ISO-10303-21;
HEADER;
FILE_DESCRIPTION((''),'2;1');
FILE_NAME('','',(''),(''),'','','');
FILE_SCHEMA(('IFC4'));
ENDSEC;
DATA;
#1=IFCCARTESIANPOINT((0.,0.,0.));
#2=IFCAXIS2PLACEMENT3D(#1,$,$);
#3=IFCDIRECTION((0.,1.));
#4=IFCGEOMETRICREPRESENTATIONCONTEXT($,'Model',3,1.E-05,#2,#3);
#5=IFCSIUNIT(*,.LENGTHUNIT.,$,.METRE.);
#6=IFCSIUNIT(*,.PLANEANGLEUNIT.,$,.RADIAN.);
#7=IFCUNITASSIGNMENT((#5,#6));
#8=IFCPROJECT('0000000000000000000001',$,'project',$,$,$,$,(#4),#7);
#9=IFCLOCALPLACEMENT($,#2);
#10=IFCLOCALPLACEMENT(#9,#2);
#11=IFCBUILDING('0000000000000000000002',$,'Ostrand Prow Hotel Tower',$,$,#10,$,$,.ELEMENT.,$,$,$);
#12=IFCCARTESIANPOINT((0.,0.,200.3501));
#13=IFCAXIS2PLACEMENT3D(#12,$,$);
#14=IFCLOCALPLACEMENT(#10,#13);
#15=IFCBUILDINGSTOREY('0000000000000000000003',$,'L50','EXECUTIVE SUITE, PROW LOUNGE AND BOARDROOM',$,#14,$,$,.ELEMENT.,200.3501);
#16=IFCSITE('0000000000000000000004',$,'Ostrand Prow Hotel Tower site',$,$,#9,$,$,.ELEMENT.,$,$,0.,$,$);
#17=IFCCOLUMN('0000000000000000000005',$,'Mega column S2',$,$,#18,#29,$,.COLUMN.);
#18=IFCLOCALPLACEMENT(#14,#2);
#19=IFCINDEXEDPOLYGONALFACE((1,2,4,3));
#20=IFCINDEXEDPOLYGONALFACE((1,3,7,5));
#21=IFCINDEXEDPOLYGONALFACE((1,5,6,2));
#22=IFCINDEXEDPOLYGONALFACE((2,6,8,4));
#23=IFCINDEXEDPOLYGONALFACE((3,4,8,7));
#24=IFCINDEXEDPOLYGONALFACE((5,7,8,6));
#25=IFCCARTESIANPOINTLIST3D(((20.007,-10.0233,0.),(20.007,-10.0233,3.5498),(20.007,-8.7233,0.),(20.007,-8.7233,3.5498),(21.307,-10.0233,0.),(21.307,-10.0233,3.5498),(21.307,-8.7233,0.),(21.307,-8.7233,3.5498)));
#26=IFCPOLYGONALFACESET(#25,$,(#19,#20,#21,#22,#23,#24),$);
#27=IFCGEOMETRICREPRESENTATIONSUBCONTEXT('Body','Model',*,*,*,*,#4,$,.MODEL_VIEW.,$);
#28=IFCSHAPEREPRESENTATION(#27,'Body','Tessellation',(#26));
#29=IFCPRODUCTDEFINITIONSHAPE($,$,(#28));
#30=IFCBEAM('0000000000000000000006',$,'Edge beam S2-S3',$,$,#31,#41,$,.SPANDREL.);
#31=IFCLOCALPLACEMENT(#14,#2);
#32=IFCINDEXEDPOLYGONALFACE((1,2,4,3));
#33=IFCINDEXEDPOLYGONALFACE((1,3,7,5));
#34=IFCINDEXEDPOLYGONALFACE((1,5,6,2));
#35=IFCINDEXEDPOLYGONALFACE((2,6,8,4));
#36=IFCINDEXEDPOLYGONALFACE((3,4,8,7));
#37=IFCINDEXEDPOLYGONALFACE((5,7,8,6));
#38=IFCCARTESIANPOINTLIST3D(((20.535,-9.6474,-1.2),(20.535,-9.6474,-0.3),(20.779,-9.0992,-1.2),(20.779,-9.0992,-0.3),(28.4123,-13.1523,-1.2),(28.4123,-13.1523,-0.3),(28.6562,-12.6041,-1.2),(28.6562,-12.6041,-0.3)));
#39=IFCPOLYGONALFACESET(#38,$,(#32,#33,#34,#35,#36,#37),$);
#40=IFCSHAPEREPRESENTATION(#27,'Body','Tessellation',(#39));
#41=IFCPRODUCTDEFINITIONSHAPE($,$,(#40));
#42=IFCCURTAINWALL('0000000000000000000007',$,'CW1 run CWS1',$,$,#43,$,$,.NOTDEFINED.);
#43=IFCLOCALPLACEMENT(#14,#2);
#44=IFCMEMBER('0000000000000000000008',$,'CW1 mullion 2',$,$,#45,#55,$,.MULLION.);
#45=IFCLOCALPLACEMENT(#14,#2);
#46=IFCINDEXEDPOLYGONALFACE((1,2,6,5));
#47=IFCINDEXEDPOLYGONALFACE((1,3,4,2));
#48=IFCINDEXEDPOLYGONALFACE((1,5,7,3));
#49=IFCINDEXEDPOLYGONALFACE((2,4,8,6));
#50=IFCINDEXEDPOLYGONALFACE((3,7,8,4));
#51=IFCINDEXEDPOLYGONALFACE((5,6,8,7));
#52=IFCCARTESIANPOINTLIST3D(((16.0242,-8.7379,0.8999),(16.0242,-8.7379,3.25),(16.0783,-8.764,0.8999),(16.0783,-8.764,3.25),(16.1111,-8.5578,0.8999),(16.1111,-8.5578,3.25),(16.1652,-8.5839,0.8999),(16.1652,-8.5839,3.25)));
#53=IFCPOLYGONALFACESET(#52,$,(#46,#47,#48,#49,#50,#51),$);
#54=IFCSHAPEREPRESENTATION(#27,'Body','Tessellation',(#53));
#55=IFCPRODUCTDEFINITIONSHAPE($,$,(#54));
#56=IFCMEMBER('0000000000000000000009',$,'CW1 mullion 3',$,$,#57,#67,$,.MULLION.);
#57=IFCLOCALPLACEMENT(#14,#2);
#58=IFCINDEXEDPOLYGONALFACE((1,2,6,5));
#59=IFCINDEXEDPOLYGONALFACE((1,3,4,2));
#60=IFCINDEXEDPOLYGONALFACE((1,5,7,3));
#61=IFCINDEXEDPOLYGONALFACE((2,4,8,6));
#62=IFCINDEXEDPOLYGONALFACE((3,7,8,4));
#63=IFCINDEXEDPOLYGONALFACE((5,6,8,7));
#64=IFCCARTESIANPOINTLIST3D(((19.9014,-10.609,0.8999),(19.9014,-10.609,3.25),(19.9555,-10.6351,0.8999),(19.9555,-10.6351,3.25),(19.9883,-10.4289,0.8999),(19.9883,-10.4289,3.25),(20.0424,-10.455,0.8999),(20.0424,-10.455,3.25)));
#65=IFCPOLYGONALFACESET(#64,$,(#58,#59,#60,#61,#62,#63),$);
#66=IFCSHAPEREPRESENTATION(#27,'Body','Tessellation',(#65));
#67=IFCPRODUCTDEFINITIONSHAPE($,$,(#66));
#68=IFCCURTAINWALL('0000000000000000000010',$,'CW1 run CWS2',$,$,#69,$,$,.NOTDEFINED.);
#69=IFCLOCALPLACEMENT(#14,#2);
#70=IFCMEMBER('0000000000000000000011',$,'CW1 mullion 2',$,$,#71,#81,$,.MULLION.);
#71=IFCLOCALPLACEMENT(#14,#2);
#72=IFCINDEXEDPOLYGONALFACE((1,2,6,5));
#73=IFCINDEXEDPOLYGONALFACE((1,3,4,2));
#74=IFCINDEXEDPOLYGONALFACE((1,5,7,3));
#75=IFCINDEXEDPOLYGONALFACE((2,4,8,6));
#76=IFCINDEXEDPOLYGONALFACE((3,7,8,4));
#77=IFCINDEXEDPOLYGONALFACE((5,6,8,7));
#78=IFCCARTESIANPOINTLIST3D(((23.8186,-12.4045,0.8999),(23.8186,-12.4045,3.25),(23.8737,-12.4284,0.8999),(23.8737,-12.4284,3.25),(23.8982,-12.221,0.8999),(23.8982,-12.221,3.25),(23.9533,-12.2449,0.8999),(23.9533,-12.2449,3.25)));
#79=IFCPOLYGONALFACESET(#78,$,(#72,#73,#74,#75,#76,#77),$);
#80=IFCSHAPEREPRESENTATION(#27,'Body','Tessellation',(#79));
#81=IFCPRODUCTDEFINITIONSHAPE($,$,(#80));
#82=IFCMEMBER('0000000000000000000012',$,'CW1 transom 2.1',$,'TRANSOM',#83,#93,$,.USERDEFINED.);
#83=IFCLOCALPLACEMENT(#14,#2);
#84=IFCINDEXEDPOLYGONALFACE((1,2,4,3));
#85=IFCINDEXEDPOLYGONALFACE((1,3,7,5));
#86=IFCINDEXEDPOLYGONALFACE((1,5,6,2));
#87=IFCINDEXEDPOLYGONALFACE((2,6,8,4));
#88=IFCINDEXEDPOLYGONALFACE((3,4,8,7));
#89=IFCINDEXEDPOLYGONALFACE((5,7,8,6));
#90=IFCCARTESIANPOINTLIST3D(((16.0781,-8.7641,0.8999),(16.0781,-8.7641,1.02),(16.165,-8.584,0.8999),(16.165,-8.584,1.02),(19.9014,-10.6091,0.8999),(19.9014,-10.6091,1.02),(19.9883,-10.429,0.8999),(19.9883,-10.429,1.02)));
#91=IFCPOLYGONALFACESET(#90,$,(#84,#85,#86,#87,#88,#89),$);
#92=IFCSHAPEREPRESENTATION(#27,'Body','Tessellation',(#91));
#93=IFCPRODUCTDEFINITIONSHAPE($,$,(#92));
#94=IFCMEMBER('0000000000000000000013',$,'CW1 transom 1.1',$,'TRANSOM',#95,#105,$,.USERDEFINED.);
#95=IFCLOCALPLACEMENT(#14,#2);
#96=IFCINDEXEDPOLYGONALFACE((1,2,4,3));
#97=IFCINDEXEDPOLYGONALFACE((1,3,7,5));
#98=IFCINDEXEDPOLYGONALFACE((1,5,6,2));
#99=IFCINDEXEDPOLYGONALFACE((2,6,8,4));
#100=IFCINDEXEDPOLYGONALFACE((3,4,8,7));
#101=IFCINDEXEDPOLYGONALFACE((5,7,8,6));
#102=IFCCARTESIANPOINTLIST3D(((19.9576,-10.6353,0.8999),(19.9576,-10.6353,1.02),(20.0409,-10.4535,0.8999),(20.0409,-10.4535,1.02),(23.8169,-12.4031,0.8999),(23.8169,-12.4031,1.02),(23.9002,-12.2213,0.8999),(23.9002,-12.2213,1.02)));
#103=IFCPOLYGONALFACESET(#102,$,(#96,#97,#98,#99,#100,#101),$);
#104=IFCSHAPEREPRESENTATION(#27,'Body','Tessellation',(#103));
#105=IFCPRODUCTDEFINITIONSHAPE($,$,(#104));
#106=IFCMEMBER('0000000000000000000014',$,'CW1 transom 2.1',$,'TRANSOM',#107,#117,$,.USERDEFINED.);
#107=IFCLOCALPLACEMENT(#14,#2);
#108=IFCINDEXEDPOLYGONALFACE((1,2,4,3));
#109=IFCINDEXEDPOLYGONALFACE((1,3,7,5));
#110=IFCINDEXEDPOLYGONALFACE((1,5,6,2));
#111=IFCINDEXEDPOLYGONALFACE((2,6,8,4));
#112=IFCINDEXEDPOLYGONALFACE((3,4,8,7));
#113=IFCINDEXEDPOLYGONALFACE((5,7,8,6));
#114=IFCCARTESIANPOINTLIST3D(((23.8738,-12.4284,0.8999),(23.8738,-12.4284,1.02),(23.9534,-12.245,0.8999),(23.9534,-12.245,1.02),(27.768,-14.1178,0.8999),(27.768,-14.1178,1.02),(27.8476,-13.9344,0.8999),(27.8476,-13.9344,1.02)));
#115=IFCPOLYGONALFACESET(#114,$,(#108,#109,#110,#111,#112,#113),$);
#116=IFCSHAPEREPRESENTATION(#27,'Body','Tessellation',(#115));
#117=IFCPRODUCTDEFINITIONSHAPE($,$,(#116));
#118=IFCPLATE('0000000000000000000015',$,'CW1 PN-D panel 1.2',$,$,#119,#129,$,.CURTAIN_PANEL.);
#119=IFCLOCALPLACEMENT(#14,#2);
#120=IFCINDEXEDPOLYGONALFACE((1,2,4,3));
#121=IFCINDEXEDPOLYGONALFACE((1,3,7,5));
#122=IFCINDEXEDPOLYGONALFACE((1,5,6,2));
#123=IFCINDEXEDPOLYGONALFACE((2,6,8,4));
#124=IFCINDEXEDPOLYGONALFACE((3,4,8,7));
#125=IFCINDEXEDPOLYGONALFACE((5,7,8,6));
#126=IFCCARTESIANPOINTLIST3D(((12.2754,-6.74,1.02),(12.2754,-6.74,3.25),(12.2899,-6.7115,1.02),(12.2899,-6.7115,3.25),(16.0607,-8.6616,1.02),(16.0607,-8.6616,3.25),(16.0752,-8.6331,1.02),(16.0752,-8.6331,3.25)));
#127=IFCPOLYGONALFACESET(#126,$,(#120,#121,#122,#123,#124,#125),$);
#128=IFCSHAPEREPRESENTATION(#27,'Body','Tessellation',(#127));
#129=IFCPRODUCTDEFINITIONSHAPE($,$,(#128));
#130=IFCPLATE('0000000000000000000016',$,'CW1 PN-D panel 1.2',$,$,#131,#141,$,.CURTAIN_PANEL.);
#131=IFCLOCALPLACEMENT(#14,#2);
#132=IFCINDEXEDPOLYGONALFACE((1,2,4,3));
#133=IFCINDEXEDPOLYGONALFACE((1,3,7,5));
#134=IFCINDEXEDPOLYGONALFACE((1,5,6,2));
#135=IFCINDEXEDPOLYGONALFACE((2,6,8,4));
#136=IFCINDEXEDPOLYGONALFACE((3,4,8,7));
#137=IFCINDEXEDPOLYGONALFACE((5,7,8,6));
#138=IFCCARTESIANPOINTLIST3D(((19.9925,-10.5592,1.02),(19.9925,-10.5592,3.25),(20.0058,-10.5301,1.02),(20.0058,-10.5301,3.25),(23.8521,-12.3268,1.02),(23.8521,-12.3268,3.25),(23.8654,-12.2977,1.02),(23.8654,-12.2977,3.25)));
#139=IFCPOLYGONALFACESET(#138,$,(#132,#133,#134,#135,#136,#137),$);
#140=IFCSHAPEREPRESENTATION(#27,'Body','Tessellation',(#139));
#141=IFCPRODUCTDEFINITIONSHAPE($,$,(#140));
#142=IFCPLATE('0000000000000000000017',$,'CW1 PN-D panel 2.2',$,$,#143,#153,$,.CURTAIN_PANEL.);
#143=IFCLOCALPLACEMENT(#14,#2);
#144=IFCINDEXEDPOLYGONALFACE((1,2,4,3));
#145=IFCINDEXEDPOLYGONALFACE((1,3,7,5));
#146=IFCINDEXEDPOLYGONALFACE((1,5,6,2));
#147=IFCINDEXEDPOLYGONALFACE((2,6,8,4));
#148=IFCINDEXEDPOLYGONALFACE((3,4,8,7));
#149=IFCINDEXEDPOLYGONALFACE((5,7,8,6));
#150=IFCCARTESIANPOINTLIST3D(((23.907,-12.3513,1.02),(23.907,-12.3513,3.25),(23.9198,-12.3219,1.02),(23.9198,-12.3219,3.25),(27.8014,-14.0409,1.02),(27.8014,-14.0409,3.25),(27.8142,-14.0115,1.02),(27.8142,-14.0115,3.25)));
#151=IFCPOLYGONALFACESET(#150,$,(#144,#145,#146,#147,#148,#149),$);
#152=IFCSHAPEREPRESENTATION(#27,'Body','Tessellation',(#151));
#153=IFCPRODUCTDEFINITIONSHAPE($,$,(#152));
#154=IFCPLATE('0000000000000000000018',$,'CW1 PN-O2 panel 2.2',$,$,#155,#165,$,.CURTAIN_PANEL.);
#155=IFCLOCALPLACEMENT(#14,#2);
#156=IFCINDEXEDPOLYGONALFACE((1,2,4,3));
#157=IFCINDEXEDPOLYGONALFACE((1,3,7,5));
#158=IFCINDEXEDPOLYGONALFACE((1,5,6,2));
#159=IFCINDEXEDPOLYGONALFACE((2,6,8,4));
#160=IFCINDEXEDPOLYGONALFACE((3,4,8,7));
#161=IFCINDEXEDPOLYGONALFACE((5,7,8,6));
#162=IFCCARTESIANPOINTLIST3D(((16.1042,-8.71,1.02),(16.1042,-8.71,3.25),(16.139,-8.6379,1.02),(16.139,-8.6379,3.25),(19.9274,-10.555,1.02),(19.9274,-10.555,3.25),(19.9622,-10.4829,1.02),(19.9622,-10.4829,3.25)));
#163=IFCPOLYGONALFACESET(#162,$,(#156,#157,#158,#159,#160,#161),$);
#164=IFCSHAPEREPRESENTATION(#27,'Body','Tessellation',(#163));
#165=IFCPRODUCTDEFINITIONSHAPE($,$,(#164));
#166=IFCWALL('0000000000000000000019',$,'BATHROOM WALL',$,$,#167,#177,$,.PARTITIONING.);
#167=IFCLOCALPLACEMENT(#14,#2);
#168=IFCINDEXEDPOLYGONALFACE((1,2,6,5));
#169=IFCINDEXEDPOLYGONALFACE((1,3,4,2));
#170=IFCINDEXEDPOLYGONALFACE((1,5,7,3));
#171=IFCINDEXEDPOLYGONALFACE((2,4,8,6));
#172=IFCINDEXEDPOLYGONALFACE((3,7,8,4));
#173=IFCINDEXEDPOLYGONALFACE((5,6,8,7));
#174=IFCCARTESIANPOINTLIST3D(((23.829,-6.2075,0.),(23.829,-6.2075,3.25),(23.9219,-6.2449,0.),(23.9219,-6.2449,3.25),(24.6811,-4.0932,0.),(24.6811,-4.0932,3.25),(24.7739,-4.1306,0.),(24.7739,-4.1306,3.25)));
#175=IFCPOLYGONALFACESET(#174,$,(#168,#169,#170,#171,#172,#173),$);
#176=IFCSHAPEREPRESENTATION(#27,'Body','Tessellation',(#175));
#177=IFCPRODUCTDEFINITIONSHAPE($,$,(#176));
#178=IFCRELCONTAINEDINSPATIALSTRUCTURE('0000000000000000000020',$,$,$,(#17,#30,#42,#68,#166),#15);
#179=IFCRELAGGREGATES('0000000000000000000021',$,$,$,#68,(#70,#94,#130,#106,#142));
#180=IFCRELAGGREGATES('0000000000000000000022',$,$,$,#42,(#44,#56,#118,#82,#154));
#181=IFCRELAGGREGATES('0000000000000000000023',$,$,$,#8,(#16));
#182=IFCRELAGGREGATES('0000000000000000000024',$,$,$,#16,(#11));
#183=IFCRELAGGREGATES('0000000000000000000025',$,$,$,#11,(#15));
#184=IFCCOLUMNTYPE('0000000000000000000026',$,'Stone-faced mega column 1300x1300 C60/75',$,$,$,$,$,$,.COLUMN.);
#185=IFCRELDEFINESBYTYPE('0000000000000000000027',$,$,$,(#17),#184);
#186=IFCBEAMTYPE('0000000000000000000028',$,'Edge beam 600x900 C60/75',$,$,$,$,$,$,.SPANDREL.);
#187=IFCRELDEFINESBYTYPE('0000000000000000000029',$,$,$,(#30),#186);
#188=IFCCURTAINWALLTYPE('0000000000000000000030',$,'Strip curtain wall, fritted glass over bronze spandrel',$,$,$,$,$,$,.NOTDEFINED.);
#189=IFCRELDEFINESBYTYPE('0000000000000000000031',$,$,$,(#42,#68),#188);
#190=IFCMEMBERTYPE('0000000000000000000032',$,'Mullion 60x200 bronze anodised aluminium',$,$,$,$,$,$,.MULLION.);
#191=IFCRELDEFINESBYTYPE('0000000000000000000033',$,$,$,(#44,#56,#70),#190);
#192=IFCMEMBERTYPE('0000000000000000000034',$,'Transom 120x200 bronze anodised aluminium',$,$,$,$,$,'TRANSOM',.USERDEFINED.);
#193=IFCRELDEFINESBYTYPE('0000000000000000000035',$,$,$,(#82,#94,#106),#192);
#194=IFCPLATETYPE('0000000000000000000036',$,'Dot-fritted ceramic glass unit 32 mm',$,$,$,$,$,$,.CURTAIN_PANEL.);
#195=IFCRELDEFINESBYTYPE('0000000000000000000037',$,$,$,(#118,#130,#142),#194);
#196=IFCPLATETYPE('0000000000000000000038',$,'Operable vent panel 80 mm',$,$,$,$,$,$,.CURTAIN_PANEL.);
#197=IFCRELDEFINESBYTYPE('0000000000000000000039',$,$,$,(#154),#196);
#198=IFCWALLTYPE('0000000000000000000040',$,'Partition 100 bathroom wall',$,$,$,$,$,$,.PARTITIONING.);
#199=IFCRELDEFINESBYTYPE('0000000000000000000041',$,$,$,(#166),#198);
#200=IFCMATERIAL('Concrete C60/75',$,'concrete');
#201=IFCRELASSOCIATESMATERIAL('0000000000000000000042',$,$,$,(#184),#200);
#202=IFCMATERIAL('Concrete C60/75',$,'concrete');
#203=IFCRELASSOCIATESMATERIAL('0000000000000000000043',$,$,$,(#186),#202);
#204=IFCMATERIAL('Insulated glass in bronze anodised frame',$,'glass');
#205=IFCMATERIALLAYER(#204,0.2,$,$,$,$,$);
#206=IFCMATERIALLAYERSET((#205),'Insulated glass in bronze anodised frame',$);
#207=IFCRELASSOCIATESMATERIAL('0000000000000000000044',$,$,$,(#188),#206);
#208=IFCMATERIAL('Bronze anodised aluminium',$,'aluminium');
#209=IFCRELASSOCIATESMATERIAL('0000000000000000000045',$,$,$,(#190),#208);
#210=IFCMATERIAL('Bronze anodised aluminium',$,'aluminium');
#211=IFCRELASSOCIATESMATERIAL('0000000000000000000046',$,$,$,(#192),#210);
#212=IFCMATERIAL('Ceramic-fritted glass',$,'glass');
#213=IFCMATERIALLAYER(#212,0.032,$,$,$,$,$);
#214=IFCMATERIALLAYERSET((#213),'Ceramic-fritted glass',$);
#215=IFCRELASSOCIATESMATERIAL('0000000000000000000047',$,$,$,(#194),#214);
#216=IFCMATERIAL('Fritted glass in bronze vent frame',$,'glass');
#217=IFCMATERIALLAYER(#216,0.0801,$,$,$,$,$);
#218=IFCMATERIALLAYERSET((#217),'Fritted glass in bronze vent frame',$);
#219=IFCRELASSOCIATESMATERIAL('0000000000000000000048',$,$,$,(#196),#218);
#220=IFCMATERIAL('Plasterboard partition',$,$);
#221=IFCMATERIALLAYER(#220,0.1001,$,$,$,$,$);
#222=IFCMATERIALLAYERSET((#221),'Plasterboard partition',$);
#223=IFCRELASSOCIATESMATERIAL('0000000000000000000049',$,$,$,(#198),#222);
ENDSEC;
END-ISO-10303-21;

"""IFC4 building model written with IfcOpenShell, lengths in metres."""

from ifc_helpers import new_model, si_unit, direction, frame, frame_2d, origin, origin_2d, place, context, subcontext, project, spatial, rectangle, extrude, material, layer, layer_set, material_profile, profile_set, type_object, element, aggregate, save


model = new_model("IFC4")

# Units and contexts
model_context = context("Model", 3, precision=1e-05, world=origin(), true_north=direction((0.0, 1.0)))
body_context = subcontext(model_context, "Body", "Model", "MODEL_VIEW")
ifc_project = project(units=[si_unit("LENGTHUNIT", "METRE"), si_unit("PLANEANGLEUNIT", "RADIAN")], contexts=[model_context])

# Site, building, storey
site_placement = place(None, origin())
site = spatial("IfcSite", under=ifc_project, at=site_placement, Name="Ostrand Prow Hotel Tower site", CompositionType="ELEMENT", RefElevation=0.0)
building_placement = place(site_placement, origin())
building = spatial("IfcBuilding", under=site, at=building_placement, Name="Ostrand Prow Hotel Tower", CompositionType="ELEMENT")
storey_placement = place(building_placement, frame((0.0, 0.0, 200.3501)))
storey = spatial("IfcBuildingStorey", under=building, at=storey_placement, Name="L50", Description="EXECUTIVE SUITE, PROW LOUNGE AND BOARDROOM", CompositionType="ELEMENT", Elevation=200.3501)

# Column
ifc_material_1 = material(Name="Concrete C60/75", Category="concrete")
ifc_material_profile_1 = material_profile(ifc_material_1, rectangle(XDim=1.3, YDim=1.3, at=origin_2d()), Name="RC 1300x1300")
ifc_profile_set_1 = profile_set([ifc_material_profile_1], Name="Concrete C60/75")
column_type = type_object("IfcColumnType", Name="Stone-faced mega column 1300x1300 C60/75", PredefinedType="COLUMN", material=ifc_profile_set_1)
column_placement = place(storey_placement, frame((20.657, -9.3733, 0.0), z_axis=(0.0, 0.0, 1.0), x_axis=(1.0, 0.0, 0.0)))
element("IfcColumn", 1, at=column_placement, inside=storey, type_object=column_type, Name="Mega column S2", PredefinedType="COLUMN", context=body_context, shape_type="SweptSolid", body=[
    extrude(rectangle(XDim=1.3, YDim=1.3, at=origin_2d()), origin(), (0.0, 0.0, 1.0), 3.5498),
])

# Beam
ifc_material_2 = material(Name="Concrete C60/75", Category="concrete")
ifc_material_profile_2 = material_profile(ifc_material_2, rectangle(XDim=0.6001, YDim=0.8999, at=origin_2d()), Name="RC 600x900")
ifc_profile_set_2 = profile_set([ifc_material_profile_2], Name="Concrete C60/75")
beam_type = type_object("IfcBeamType", Name="Edge beam 600x900 C60/75", PredefinedType="SPANDREL", material=ifc_profile_set_2)
beam_placement = place(storey_placement, frame((20.657, -9.3733, -0.75), z_axis=(0.913643, -0.406517, 0.0), x_axis=(0.406517, 0.913643, 0.0)))
element("IfcBeam", 2, at=beam_placement, inside=storey, type_object=beam_type, Name="Edge beam S2-S3", PredefinedType="SPANDREL", context=body_context, shape_type="SweptSolid", body=[
    extrude(rectangle(XDim=0.6001, YDim=0.8999, at=origin_2d()), origin(), (0.0, 0.0, 1.0), 8.6218),
])

# Curtain wall, members
ifc_material_3 = material(Name="Insulated glass in bronze anodised frame", Category="glass")
ifc_layer_1 = layer(ifc_material_3, 0.2)
ifc_layer_set_1 = layer_set([ifc_layer_1], Name="Insulated glass in bronze anodised frame")
curtain_wall_type = type_object("IfcCurtainWallType", Name="Strip curtain wall, fritted glass over bronze spandrel", PredefinedType="NOTDEFINED", material=ifc_layer_set_1)
curtain_wall_1_placement = place(storey_placement, origin())
curtain_wall_1 = element("IfcCurtainWall", 3, at=curtain_wall_1_placement, inside=storey, type_object=curtain_wall_type, Name="CW1 run CWS1", PredefinedType="NOTDEFINED")
ifc_material_4 = material(Name="Bronze anodised aluminium", Category="aluminium")
ifc_material_profile_3 = material_profile(ifc_material_4, rectangle(XDim=0.2, YDim=0.0601, at=origin_2d()), Name="Mullion 60x200 bronze anodised aluminium")
ifc_profile_set_3 = profile_set([ifc_material_profile_3], Name="Bronze anodised aluminium")
member_type_1 = type_object("IfcMemberType", Name="Mullion 60x200 bronze anodised aluminium", PredefinedType="MULLION", material=ifc_profile_set_3)
member_1_placement = place(storey_placement, frame((16.0947, -8.6609, 0.8999), z_axis=(0.0, 0.0, 1.0), x_axis=(0.434615, 0.900616, 0.0)))
member_1 = element("IfcMember", 4, at=member_1_placement, type_object=member_type_1, Name="CW1 mullion 2", PredefinedType="MULLION", context=body_context, shape_type="SweptSolid", body=[
    extrude(rectangle(XDim=0.2, YDim=0.0601, at=origin_2d()), origin(), (0.0, 0.0, 1.0), 2.3501),
])
member_2_placement = place(storey_placement, frame((19.9719, -10.532, 0.8999), z_axis=(0.0, 0.0, 1.0), x_axis=(0.434615, 0.900616, 0.0)))
member_2 = element("IfcMember", 5, at=member_2_placement, type_object=member_type_1, Name="CW1 mullion 3", PredefinedType="MULLION", context=body_context, shape_type="SweptSolid", body=[
    extrude(rectangle(XDim=0.2, YDim=0.0601, at=origin_2d()), origin(), (0.0, 0.0, 1.0), 2.3501),
])

# Curtain wall, member
curtain_wall_2_placement = place(storey_placement, origin())
curtain_wall_2 = element("IfcCurtainWall", 6, at=curtain_wall_2_placement, inside=storey, type_object=curtain_wall_type, Name="CW1 run CWS2", PredefinedType="NOTDEFINED")
member_3_placement = place(storey_placement, frame((23.886, -12.3247, 0.8999), z_axis=(0.0, 0.0, 1.0), x_axis=(0.398005, 0.917383, 0.0)))
member_3 = element("IfcMember", 7, at=member_3_placement, type_object=member_type_1, Name="CW1 mullion 2", PredefinedType="MULLION", context=body_context, shape_type="SweptSolid", body=[
    extrude(rectangle(XDim=0.2, YDim=0.0601, at=origin_2d()), origin(), (0.0, 0.0, 1.0), 2.3501),
])

# Members
ifc_material_5 = material(Name="Bronze anodised aluminium", Category="aluminium")
ifc_material_profile_4 = material_profile(ifc_material_5, rectangle(XDim=0.2, YDim=0.1201, at=origin_2d()), Name="Transom 120x200 bronze anodised aluminium")
ifc_profile_set_4 = profile_set([ifc_material_profile_4], Name="Bronze anodised aluminium")
member_type_2 = type_object("IfcMemberType", Name="Transom 120x200 bronze anodised aluminium", ElementType="TRANSOM", PredefinedType="USERDEFINED", material=ifc_profile_set_4)
member_4_placement = place(storey_placement, frame((16.1216, -8.6741, 0.96), z_axis=(0.900619, -0.434609, 0.0), x_axis=(0.434609, 0.900619, 0.0)))
member_4 = element("IfcMember", 8, at=member_4_placement, type_object=member_type_2, Name="CW1 transom 2.1", ObjectType="TRANSOM", PredefinedType="USERDEFINED", context=body_context, shape_type="SweptSolid", body=[
    extrude(rectangle(XDim=0.2, YDim=0.1201, at=origin_2d()), origin(), (0.0, 0.0, 1.0), 4.2451),
])
member_5_placement = place(storey_placement, frame((19.9993, -10.5444, 0.96), z_axis=(0.909159, -0.416449, 0.0), x_axis=(0.416449, 0.909159, 0.0)))
member_5 = element("IfcMember", 9, at=member_5_placement, type_object=member_type_2, Name="CW1 transom 1.1", ObjectType="TRANSOM", PredefinedType="USERDEFINED", context=body_context, shape_type="SweptSolid", body=[
    extrude(rectangle(XDim=0.2, YDim=0.1201, at=origin_2d()), origin(), (0.0, 0.0, 1.0), 4.2449),
])
member_6_placement = place(storey_placement, frame((23.9136, -12.3367, 0.96), z_axis=(0.91739, -0.39799, 0.0), x_axis=(0.39799, 0.91739, 0.0)))
member_6 = element("IfcMember", 10, at=member_6_placement, type_object=member_type_2, Name="CW1 transom 2.1", ObjectType="TRANSOM", PredefinedType="USERDEFINED", context=body_context, shape_type="SweptSolid", body=[
    extrude(rectangle(XDim=0.2, YDim=0.1201, at=origin_2d()), origin(), (0.0, 0.0, 1.0), 4.2449),
])

# Plates
ifc_material_6 = material(Name="Ceramic-fritted glass", Category="glass")
ifc_layer_2 = layer(ifc_material_6, 0.032)
ifc_layer_set_2 = layer_set([ifc_layer_2], Name="Ceramic-fritted glass")
plate_type_1 = type_object("IfcPlateType", Name="Dot-fritted ceramic glass unit 32 mm", PredefinedType="CURTAIN_PANEL", material=ifc_layer_set_2)
plate_1_placement = place(storey_placement, frame((14.1753, -7.6865, 1.02), z_axis=(0.0, 0.0, 1.0), x_axis=(0.891684, -0.452659, 0.0)))
plate_1 = element("IfcPlate", 11, at=plate_1_placement, type_object=plate_type_1, Name="CW1 PN-D panel 1.2", PredefinedType="CURTAIN_PANEL", context=body_context, shape_type="SweptSolid", body=[
    extrude(rectangle(XDim=4.2451, YDim=0.032, at=origin_2d()), origin(), (0.0, 0.0, 1.0), 2.23),
])
plate_2_placement = place(storey_placement, frame((21.929, -11.4285, 1.02), z_axis=(0.0, 0.0, 1.0), x_axis=(0.909185, -0.416393, 0.0)))
plate_2 = element("IfcPlate", 12, at=plate_2_placement, type_object=plate_type_1, Name="CW1 PN-D panel 1.2", PredefinedType="CURTAIN_PANEL", context=body_context, shape_type="SweptSolid", body=[
    extrude(rectangle(XDim=4.2451, YDim=0.032, at=origin_2d()), origin(), (0.0, 0.0, 1.0), 2.23),
])
plate_3_placement = place(storey_placement, frame((25.8606, -13.1814, 1.02), z_axis=(0.0, 0.0, 1.0), x_axis=(0.917383, -0.398005, 0.0)))
plate_3 = element("IfcPlate", 13, at=plate_3_placement, type_object=plate_type_1, Name="CW1 PN-D panel 2.2", PredefinedType="CURTAIN_PANEL", context=body_context, shape_type="SweptSolid", body=[
    extrude(rectangle(XDim=4.2451, YDim=0.032, at=origin_2d()), origin(), (0.0, 0.0, 1.0), 2.23),
])
aggregate(curtain_wall_2, [member_3, member_5, plate_2, member_6, plate_3])
ifc_material_7 = material(Name="Fritted glass in bronze vent frame", Category="glass")
ifc_layer_3 = layer(ifc_material_7, 0.0801)
ifc_layer_set_3 = layer_set([ifc_layer_3], Name="Fritted glass in bronze vent frame")
plate_type_2 = type_object("IfcPlateType", Name="Operable vent panel 80 mm", PredefinedType="CURTAIN_PANEL", material=ifc_layer_set_3)
plate_4_placement = place(storey_placement, frame((18.0332, -9.5964, 1.02), z_axis=(0.0, 0.0, 1.0), x_axis=(0.900616, -0.434615, 0.0)))
plate_4 = element("IfcPlate", 14, at=plate_4_placement, type_object=plate_type_2, Name="CW1 PN-O2 panel 2.2", PredefinedType="CURTAIN_PANEL", context=body_context, shape_type="SweptSolid", body=[
    extrude(rectangle(XDim=4.2451, YDim=0.0801, at=origin_2d()), origin(), (0.0, 0.0, 1.0), 2.23),
])
aggregate(curtain_wall_1, [member_1, member_2, plate_1, member_4, plate_4])

# Wall
ifc_material_8 = material(Name="Plasterboard partition")
ifc_layer_4 = layer(ifc_material_8, 0.1001)
ifc_layer_set_4 = layer_set([ifc_layer_4], Name="Plasterboard partition")
wall_type_1 = type_object("IfcWallType", Name="Partition 100 bathroom wall", PredefinedType="PARTITIONING", material=ifc_layer_set_4)
wall_1_placement = place(storey_placement, frame((23.8755, -6.2261, 0.0), z_axis=(0.0, 0.0, 1.0), x_axis=(0.37379, 0.927513, 0.0)))
element("IfcWall", 15, at=wall_1_placement, inside=storey, type_object=wall_type_1, Name="BATHROOM WALL", PredefinedType="PARTITIONING", context=body_context, shape_type="SweptSolid", body=[
    extrude(rectangle(XDim=2.2795, YDim=0.1001, at=frame_2d((1.1396, 0.0))), origin(), (0.0, 0.0, 1.0), 3.25),
])

save(model, "model.ifc")
